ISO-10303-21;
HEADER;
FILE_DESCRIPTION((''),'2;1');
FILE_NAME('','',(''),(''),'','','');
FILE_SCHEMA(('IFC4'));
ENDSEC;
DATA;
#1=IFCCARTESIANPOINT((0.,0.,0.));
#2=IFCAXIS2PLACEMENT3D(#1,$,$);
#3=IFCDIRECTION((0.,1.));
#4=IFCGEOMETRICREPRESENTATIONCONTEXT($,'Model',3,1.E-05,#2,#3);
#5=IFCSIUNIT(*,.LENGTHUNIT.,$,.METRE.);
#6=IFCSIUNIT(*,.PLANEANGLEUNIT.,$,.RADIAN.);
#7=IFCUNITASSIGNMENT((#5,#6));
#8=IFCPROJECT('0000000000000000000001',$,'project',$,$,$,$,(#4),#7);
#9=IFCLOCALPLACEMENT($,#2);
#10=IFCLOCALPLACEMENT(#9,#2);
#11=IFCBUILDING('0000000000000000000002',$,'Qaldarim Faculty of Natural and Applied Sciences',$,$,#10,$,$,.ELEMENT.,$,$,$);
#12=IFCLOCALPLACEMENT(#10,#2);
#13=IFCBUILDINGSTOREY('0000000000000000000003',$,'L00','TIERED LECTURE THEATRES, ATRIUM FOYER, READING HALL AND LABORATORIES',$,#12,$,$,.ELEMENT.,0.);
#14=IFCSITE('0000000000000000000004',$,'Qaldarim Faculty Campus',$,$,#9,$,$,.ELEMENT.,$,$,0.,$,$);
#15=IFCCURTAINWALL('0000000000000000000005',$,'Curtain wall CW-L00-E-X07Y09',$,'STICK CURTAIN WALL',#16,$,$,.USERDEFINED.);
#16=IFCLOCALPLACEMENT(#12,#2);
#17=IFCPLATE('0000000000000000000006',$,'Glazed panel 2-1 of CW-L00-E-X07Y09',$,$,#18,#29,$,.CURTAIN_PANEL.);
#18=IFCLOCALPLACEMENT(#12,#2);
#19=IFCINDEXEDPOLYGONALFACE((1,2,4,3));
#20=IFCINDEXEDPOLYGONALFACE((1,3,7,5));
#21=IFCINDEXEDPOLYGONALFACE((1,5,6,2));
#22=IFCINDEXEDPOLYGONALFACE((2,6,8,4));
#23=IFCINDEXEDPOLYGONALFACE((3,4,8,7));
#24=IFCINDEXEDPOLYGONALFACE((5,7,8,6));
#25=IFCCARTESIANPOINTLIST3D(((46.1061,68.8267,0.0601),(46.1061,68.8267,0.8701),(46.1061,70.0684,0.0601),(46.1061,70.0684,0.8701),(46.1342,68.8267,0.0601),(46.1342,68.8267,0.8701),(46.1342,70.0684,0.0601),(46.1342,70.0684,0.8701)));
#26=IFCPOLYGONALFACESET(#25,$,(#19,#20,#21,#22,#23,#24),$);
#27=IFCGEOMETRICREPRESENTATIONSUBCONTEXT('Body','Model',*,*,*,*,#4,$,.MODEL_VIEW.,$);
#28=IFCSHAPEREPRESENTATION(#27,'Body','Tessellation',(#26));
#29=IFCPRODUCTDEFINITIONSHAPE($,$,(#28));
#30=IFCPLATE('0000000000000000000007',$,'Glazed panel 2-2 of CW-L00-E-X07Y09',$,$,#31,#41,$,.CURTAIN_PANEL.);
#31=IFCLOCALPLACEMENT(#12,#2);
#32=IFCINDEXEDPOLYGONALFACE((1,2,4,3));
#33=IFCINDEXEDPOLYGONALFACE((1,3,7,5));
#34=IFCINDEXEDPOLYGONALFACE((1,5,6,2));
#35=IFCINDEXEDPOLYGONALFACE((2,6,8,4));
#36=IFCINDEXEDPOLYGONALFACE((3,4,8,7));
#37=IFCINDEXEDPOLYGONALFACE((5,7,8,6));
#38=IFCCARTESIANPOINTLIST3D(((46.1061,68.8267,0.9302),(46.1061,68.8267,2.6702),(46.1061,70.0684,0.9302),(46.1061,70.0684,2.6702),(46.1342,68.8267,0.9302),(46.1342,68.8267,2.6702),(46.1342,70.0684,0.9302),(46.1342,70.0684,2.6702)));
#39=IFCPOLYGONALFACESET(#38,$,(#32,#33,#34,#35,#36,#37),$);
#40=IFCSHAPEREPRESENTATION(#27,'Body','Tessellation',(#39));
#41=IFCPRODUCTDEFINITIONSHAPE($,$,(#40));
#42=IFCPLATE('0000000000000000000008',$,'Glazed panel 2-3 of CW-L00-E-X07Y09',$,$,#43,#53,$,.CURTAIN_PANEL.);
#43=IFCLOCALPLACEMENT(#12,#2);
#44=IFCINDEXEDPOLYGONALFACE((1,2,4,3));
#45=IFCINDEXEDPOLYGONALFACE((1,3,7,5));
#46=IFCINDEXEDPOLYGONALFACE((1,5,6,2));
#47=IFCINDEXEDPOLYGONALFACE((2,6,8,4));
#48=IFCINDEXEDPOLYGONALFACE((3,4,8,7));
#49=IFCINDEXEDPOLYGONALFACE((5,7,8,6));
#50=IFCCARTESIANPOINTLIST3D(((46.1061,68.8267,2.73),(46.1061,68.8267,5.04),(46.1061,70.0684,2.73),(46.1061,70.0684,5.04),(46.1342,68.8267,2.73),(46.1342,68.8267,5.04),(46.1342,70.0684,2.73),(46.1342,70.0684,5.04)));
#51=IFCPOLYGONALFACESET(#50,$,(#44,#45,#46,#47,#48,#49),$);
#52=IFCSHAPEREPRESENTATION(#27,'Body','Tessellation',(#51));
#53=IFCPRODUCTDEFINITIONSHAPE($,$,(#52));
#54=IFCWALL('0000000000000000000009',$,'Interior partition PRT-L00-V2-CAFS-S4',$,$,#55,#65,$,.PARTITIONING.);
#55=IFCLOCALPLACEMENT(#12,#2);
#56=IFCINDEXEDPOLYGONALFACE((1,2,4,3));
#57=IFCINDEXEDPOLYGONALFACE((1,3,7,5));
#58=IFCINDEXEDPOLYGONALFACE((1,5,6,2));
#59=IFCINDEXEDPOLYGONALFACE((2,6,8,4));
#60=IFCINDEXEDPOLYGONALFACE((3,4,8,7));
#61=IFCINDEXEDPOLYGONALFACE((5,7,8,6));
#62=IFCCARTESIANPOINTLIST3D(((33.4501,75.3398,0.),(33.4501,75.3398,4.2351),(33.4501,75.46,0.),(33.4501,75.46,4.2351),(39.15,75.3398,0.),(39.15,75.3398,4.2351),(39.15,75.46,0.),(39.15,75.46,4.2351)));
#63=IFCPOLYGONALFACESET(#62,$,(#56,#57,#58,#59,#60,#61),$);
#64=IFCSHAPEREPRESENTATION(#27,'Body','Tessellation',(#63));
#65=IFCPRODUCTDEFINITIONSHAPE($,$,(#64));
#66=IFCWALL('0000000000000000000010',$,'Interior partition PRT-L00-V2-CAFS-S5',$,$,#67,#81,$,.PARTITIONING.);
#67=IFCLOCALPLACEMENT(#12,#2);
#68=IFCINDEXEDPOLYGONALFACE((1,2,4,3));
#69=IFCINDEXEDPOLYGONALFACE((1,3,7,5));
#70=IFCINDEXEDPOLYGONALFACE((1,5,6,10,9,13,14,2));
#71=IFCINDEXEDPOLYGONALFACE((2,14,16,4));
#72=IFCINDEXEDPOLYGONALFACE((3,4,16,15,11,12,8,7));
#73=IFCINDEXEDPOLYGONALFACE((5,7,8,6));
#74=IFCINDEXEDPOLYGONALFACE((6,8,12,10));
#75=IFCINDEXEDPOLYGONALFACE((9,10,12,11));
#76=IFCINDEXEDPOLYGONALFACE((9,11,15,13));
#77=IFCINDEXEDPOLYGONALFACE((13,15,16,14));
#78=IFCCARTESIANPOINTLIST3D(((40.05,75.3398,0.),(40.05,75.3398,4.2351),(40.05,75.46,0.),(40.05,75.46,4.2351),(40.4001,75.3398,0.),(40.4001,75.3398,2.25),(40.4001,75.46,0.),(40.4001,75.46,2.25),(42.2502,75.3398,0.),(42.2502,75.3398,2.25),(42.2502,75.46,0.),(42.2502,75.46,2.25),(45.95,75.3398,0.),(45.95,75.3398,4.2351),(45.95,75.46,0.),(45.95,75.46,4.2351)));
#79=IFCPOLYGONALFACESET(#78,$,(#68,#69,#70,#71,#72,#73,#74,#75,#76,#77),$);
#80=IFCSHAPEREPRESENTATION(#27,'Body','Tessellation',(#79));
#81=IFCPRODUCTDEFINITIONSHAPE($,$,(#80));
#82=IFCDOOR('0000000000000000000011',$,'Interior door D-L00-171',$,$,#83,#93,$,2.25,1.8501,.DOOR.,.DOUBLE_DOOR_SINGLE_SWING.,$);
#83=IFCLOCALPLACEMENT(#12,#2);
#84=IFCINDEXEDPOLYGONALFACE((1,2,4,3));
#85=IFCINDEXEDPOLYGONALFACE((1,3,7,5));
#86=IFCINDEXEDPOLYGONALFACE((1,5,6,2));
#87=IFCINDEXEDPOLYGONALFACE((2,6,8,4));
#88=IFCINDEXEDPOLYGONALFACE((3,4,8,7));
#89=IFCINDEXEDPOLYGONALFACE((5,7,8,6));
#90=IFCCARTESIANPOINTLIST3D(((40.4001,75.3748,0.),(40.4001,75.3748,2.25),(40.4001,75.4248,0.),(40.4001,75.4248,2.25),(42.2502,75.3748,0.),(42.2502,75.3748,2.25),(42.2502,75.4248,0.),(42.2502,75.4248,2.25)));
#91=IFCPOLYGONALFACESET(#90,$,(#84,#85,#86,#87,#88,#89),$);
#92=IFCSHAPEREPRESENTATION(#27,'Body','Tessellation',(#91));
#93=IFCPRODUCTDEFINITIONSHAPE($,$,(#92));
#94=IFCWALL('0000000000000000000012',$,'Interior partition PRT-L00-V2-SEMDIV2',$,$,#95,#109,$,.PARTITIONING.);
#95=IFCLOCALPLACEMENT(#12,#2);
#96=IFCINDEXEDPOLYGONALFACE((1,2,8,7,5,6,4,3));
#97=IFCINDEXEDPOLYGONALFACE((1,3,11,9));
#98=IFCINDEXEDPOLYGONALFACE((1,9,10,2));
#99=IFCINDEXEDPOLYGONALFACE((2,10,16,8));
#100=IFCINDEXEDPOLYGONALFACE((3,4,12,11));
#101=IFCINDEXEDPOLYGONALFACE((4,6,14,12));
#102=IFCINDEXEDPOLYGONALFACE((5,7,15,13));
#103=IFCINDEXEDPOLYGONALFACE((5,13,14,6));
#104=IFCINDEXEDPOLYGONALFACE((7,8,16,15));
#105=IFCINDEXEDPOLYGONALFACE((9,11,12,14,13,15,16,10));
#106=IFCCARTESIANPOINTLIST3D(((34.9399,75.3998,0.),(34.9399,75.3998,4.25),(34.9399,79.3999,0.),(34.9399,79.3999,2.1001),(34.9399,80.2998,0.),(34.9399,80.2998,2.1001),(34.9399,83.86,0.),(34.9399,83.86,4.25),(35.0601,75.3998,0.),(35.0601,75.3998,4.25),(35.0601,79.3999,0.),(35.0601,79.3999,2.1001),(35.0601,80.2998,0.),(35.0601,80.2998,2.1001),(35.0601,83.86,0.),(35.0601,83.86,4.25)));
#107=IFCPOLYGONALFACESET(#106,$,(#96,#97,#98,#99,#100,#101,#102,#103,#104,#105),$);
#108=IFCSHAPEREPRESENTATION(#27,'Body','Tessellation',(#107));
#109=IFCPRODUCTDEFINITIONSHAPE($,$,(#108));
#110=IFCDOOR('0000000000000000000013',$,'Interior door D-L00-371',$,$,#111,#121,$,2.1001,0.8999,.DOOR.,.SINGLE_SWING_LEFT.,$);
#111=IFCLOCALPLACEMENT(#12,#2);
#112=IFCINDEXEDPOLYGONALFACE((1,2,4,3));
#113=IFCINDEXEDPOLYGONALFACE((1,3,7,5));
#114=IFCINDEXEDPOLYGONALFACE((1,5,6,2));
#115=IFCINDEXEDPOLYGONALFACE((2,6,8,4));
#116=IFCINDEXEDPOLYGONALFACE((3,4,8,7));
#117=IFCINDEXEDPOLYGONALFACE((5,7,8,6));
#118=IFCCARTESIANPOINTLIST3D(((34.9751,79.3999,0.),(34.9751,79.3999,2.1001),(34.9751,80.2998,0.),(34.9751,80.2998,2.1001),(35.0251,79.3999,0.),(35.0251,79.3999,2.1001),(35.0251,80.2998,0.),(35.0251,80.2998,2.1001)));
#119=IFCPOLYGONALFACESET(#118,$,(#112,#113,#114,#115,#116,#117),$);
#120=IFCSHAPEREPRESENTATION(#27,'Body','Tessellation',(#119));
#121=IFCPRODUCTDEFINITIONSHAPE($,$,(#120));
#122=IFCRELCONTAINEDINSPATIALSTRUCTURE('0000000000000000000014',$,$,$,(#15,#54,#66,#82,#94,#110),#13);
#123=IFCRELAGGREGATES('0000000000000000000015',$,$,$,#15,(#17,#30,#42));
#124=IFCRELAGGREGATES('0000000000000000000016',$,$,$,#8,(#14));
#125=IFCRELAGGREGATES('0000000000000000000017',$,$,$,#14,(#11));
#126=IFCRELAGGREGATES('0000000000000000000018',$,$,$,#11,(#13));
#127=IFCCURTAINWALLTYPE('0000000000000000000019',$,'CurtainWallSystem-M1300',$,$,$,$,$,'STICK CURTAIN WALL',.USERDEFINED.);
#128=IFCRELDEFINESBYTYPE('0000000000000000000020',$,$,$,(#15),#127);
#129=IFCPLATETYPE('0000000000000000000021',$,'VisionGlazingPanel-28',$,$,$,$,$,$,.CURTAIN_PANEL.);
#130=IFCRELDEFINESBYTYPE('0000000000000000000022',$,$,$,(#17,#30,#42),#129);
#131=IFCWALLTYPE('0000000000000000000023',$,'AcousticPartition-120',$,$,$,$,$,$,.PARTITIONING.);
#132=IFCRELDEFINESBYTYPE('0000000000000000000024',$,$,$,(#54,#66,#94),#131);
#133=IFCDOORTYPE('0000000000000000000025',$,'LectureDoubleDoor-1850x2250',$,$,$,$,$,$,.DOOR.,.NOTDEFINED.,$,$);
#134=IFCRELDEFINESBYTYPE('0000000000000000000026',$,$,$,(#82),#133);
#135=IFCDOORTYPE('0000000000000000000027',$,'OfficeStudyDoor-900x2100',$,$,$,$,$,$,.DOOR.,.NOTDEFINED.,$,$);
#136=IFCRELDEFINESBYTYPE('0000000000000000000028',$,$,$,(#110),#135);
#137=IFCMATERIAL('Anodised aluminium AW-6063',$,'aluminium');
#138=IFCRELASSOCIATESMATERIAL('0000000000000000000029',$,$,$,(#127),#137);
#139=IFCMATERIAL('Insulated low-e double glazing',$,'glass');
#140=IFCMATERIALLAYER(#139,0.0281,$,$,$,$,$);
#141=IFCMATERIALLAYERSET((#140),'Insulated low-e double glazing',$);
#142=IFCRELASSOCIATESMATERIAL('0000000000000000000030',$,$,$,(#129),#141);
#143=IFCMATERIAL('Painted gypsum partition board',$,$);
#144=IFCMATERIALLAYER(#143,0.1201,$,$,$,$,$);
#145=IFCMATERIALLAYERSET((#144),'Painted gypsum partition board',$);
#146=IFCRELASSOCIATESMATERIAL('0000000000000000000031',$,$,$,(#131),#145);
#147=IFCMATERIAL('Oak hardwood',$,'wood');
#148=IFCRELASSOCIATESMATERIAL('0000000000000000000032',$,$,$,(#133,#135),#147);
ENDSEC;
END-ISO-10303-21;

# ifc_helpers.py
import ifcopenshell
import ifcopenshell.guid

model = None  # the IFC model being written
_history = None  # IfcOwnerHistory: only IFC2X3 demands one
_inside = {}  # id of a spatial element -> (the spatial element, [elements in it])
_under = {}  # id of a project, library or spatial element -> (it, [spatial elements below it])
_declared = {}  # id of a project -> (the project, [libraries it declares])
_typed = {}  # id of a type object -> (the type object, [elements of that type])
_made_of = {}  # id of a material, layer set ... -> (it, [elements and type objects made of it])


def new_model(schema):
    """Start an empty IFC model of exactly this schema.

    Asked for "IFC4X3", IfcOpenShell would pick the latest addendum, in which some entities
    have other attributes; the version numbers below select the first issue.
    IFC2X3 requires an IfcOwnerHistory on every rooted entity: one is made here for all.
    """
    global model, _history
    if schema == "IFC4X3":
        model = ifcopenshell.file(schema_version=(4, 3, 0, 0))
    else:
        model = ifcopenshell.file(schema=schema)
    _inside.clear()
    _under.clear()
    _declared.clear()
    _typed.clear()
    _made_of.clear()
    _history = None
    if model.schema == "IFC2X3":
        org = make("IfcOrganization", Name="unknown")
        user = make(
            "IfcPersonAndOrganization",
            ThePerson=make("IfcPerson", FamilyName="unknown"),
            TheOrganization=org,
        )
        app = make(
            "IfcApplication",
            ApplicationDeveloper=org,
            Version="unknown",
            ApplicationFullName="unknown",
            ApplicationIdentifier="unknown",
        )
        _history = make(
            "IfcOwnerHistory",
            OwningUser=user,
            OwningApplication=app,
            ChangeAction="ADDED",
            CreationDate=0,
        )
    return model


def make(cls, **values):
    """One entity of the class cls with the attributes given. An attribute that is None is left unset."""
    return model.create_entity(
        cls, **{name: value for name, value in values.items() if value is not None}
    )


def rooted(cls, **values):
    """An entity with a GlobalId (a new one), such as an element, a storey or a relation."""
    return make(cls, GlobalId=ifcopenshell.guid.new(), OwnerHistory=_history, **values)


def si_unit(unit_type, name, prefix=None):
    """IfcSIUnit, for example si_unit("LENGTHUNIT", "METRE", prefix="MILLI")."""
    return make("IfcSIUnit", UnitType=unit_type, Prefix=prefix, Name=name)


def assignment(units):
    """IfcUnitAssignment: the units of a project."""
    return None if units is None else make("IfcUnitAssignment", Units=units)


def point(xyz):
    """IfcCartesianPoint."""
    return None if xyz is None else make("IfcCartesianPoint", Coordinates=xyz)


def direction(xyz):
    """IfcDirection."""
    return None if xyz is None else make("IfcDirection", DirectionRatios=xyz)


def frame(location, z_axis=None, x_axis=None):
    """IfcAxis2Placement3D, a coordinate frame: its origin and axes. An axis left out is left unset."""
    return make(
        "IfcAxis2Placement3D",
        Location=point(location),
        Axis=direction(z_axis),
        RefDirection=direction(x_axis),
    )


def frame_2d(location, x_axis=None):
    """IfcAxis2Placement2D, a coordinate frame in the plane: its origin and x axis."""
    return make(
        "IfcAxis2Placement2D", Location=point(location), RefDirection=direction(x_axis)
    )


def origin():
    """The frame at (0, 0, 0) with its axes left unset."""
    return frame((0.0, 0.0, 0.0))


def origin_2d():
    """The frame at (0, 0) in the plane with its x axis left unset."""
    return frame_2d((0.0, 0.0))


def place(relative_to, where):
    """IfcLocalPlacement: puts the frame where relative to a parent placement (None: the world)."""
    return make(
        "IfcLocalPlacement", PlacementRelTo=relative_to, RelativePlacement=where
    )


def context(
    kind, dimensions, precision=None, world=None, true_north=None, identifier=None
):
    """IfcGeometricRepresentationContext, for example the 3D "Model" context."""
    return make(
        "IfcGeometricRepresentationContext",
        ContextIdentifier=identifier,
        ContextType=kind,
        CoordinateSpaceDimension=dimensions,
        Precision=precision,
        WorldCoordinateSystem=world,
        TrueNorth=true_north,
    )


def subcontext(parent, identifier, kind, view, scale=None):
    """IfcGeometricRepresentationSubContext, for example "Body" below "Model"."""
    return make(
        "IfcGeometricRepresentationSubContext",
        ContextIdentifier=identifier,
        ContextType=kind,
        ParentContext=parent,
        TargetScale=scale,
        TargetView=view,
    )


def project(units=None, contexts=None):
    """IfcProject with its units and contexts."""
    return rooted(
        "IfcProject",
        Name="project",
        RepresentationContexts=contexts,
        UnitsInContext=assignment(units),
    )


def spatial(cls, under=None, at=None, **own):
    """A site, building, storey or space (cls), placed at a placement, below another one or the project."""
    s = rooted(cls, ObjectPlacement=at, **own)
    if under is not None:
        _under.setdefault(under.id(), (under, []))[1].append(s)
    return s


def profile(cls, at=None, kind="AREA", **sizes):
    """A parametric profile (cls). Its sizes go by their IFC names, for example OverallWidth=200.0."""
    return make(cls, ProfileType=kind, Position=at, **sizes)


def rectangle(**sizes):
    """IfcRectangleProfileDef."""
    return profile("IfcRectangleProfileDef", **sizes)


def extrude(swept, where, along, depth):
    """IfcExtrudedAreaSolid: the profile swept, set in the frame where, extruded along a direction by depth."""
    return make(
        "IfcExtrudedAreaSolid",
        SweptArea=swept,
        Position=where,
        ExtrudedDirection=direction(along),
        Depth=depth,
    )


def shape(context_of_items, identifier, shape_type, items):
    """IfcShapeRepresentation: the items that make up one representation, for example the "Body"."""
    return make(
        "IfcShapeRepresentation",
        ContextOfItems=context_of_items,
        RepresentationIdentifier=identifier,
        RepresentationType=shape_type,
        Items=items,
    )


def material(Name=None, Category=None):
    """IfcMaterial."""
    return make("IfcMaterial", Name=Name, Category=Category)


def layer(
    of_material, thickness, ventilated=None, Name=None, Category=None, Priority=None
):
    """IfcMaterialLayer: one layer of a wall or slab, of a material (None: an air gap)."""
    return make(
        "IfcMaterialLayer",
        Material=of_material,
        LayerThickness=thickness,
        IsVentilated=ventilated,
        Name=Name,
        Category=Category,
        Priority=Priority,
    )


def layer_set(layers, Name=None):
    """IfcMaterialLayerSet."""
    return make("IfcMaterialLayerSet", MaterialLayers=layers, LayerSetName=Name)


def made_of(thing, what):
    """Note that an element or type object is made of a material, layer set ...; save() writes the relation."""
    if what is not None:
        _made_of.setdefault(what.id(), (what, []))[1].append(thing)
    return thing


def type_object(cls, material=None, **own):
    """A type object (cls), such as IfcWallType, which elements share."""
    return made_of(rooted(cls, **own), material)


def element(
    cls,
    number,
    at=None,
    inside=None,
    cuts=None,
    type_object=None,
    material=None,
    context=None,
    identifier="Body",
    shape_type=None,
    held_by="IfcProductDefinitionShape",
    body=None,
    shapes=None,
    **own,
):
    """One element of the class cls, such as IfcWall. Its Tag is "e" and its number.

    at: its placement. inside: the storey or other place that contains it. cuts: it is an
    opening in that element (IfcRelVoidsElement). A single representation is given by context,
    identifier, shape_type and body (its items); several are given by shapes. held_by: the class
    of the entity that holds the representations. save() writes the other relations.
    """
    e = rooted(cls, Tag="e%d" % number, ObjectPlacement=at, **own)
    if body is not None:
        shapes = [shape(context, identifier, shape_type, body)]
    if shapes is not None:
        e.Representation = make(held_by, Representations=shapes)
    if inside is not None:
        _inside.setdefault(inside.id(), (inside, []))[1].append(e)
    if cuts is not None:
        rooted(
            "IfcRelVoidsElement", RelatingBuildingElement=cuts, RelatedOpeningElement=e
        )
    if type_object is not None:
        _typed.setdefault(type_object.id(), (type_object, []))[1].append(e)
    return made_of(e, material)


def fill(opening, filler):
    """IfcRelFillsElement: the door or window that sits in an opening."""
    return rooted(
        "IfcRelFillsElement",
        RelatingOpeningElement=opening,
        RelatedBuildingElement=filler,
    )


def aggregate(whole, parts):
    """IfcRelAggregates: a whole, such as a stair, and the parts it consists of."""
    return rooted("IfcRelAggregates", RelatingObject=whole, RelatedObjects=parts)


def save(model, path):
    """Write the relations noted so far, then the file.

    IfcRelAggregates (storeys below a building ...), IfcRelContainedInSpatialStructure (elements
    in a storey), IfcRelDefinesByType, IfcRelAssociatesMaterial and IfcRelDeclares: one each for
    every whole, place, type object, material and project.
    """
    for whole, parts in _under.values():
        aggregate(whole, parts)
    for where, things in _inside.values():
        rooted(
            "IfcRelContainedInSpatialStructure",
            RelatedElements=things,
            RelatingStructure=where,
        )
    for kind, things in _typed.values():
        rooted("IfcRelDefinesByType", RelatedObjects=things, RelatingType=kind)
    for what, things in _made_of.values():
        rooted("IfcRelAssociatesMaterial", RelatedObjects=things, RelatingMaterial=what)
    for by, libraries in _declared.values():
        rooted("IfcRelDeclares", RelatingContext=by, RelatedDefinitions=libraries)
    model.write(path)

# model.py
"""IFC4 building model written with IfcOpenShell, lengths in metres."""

from ifc_helpers import new_model, si_unit, direction, frame, frame_2d, origin, origin_2d, place, context, subcontext, project, spatial, rectangle, extrude, material, layer, layer_set, type_object, element, fill, aggregate, save


model = new_model("IFC4")

# Units and contexts
model_context = context("Model", 3, precision=1e-05, world=origin(), true_north=direction((0.0, 1.0)))
body_context = subcontext(model_context, "Body", "Model", "MODEL_VIEW")
ifc_project = project(units=[si_unit("LENGTHUNIT", "METRE"), si_unit("PLANEANGLEUNIT", "RADIAN")], contexts=[model_context])

# Site, building, storey
site_placement = place(None, origin())
site = spatial("IfcSite", under=ifc_project, at=site_placement, Name="Qaldarim Faculty Campus", CompositionType="ELEMENT", RefElevation=0.0)
building_placement = place(site_placement, origin())
building = spatial("IfcBuilding", under=site, at=building_placement, Name="Qaldarim Faculty of Natural and Applied Sciences", CompositionType="ELEMENT")
storey_placement = place(building_placement, origin())
storey = spatial("IfcBuildingStorey", under=building, at=storey_placement, Name="L00", Description="TIERED LECTURE THEATRES, ATRIUM FOYER, READING HALL AND LABORATORIES", CompositionType="ELEMENT", Elevation=0.0)

# Curtain wall
ifc_material_1 = material(Name="Anodised aluminium AW-6063", Category="aluminium")
curtain_wall_type = type_object("IfcCurtainWallType", Name="CurtainWallSystem-M1300", ElementType="STICK CURTAIN WALL", PredefinedType="USERDEFINED", material=ifc_material_1)
curtain_wall_placement = place(storey_placement, origin())
curtain_wall = element("IfcCurtainWall", 1, at=curtain_wall_placement, inside=storey, type_object=curtain_wall_type, Name="Curtain wall CW-L00-E-X07Y09", ObjectType="STICK CURTAIN WALL", PredefinedType="USERDEFINED")

# Plates
ifc_material_2 = material(Name="Insulated low-e double glazing", Category="glass")
ifc_layer_1 = layer(ifc_material_2, 0.0281)
ifc_layer_set_1 = layer_set([ifc_layer_1], Name="Insulated low-e double glazing")
plate_type = type_object("IfcPlateType", Name="VisionGlazingPanel-28", PredefinedType="CURTAIN_PANEL", material=ifc_layer_set_1)
plate_1_placement = place(storey_placement, frame((46.1201, 69.4475, 0.0601), z_axis=(0.0, 0.0, 1.0), x_axis=(0.0, 1.0, 0.0)))
plate_1 = element("IfcPlate", 2, at=plate_1_placement, type_object=plate_type, Name="Glazed panel 2-1 of CW-L00-E-X07Y09", PredefinedType="CURTAIN_PANEL", context=body_context, shape_type="SweptSolid", body=[
    extrude(rectangle(XDim=1.2417, YDim=0.0281, at=origin_2d()), origin(), (0.0, 0.0, 1.0), 0.8101),
])
plate_2_placement = place(storey_placement, frame((46.1201, 69.4475, 0.9302), z_axis=(0.0, 0.0, 1.0), x_axis=(0.0, 1.0, 0.0)))
plate_2 = element("IfcPlate", 3, at=plate_2_placement, type_object=plate_type, Name="Glazed panel 2-2 of CW-L00-E-X07Y09", PredefinedType="CURTAIN_PANEL", context=body_context, shape_type="SweptSolid", body=[
    extrude(rectangle(XDim=1.2417, YDim=0.0281, at=origin_2d()), origin(), (0.0, 0.0, 1.0), 1.74),
])
plate_3_placement = place(storey_placement, frame((46.1201, 69.4475, 2.73), z_axis=(0.0, 0.0, 1.0), x_axis=(0.0, 1.0, 0.0)))
plate_3 = element("IfcPlate", 4, at=plate_3_placement, type_object=plate_type, Name="Glazed panel 2-3 of CW-L00-E-X07Y09", PredefinedType="CURTAIN_PANEL", context=body_context, shape_type="SweptSolid", body=[
    extrude(rectangle(XDim=1.2417, YDim=0.0281, at=origin_2d()), origin(), (0.0, 0.0, 1.0), 2.3101),
])
aggregate(curtain_wall, [plate_1, plate_2, plate_3])

# Wall
ifc_material_3 = material(Name="Painted gypsum partition board")
ifc_layer_2 = layer(ifc_material_3, 0.1201)
ifc_layer_set_2 = layer_set([ifc_layer_2], Name="Painted gypsum partition board")
wall_type_1 = type_object("IfcWallType", Name="AcousticPartition-120", PredefinedType="PARTITIONING", material=ifc_layer_set_2)
wall_1_placement = place(storey_placement, frame((33.45, 75.3999, 0.0), z_axis=(0.0, 0.0, 1.0), x_axis=(1.0, 0.0, 0.0)))
element("IfcWall", 5, at=wall_1_placement, inside=storey, type_object=wall_type_1, Name="Interior partition PRT-L00-V2-CAFS-S4", PredefinedType="PARTITIONING", context=body_context, shape_type="SweptSolid", body=[
    extrude(rectangle(XDim=5.7, YDim=0.1201, at=frame_2d((2.8501, 0.0))), origin(), (0.0, 0.0, 1.0), 4.2351),
])

# Walls, openings, doors
wall_2_placement = place(storey_placement, frame((40.05, 75.3999, 0.0), z_axis=(0.0, 0.0, 1.0), x_axis=(1.0, 0.0, 0.0)))
wall_2 = element("IfcWall", 6, at=wall_2_placement, inside=storey, type_object=wall_type_1, Name="Interior partition PRT-L00-V2-CAFS-S5", PredefinedType="PARTITIONING", context=body_context, shape_type="SweptSolid", body=[
    extrude(rectangle(XDim=5.8999, YDim=0.1201, at=frame_2d((2.95, 0.0))), origin(), (0.0, 0.0, 1.0), 4.2351),
])
opening_1_placement = place(wall_2_placement, frame((0.3501, 0.0, 0.0)))
opening_1 = element("IfcOpeningElement", 7, at=opening_1_placement, cuts=wall_2, PredefinedType="OPENING", context=body_context, shape_type="SweptSolid", body=[
    extrude(rectangle(XDim=1.8501, YDim=2.25, at=frame_2d((0.925, 1.125))), frame((0.0, 0.0701, 0.0), z_axis=(0.0, -1.0, 0.0), x_axis=(1.0, 0.0, 0.0)), (0.0, 0.0, 1.0), 0.1401),
])
ifc_material_4 = material(Name="Oak hardwood", Category="wood")
door_type_1 = type_object("IfcDoorType", Name="LectureDoubleDoor-1850x2250", OperationType="NOTDEFINED", PredefinedType="DOOR", material=ifc_material_4)
door_1_placement = place(opening_1_placement, origin())
door_1 = element("IfcDoor", 8, at=door_1_placement, inside=storey, type_object=door_type_1, Name="Interior door D-L00-171", OperationType="DOUBLE_DOOR_SINGLE_SWING", OverallHeight=2.25, OverallWidth=1.8501, PredefinedType="DOOR", context=body_context, shape_type="SweptSolid", body=[
    extrude(rectangle(XDim=1.8501, YDim=2.25, at=frame_2d((0.925, 1.125))), frame((0.0, 0.0249, 0.0), z_axis=(0.0, -1.0, 0.0), x_axis=(1.0, 0.0, 0.0)), (0.0, 0.0, 1.0), 0.05),
])
fill(opening_1, door_1)
wall_3_placement = place(storey_placement, frame((35.0, 75.3999, 0.0), z_axis=(0.0, 0.0, 1.0), x_axis=(0.0, 1.0, 0.0)))
wall_3 = element("IfcWall", 9, at=wall_3_placement, inside=storey, type_object=wall_type_1, Name="Interior partition PRT-L00-V2-SEMDIV2", PredefinedType="PARTITIONING", context=body_context, shape_type="SweptSolid", body=[
    extrude(rectangle(XDim=8.4602, YDim=0.1201, at=frame_2d((4.23, 0.0))), origin(), (0.0, 0.0, 1.0), 4.25),
])
opening_2_placement = place(wall_3_placement, frame((4.0, 0.0, 0.0)))
opening_2 = element("IfcOpeningElement", 10, at=opening_2_placement, cuts=wall_3, PredefinedType="OPENING", context=body_context, shape_type="SweptSolid", body=[
    extrude(rectangle(XDim=0.8999, YDim=2.1001, at=frame_2d((0.45, 1.05))), frame((0.0, 0.0701, 0.0), z_axis=(0.0, -1.0, 0.0), x_axis=(1.0, 0.0, 0.0)), (0.0, 0.0, 1.0), 0.1401),
])
door_type_2 = type_object("IfcDoorType", Name="OfficeStudyDoor-900x2100", OperationType="NOTDEFINED", PredefinedType="DOOR", material=ifc_material_4)
door_2_placement = place(opening_2_placement, origin())
door_2 = element("IfcDoor", 11, at=door_2_placement, inside=storey, type_object=door_type_2, Name="Interior door D-L00-371", OperationType="SINGLE_SWING_LEFT", OverallHeight=2.1001, OverallWidth=0.8999, PredefinedType="DOOR", context=body_context, shape_type="SweptSolid", body=[
    extrude(rectangle(XDim=0.8999, YDim=2.1001, at=frame_2d((0.45, 1.05))), frame((0.0, 0.0249, 0.0), z_axis=(0.0, -1.0, 0.0), x_axis=(1.0, 0.0, 0.0)), (0.0, 0.0, 1.0), 0.05),
])
fill(opening_2, door_2)

save(model, "model.ifc")
